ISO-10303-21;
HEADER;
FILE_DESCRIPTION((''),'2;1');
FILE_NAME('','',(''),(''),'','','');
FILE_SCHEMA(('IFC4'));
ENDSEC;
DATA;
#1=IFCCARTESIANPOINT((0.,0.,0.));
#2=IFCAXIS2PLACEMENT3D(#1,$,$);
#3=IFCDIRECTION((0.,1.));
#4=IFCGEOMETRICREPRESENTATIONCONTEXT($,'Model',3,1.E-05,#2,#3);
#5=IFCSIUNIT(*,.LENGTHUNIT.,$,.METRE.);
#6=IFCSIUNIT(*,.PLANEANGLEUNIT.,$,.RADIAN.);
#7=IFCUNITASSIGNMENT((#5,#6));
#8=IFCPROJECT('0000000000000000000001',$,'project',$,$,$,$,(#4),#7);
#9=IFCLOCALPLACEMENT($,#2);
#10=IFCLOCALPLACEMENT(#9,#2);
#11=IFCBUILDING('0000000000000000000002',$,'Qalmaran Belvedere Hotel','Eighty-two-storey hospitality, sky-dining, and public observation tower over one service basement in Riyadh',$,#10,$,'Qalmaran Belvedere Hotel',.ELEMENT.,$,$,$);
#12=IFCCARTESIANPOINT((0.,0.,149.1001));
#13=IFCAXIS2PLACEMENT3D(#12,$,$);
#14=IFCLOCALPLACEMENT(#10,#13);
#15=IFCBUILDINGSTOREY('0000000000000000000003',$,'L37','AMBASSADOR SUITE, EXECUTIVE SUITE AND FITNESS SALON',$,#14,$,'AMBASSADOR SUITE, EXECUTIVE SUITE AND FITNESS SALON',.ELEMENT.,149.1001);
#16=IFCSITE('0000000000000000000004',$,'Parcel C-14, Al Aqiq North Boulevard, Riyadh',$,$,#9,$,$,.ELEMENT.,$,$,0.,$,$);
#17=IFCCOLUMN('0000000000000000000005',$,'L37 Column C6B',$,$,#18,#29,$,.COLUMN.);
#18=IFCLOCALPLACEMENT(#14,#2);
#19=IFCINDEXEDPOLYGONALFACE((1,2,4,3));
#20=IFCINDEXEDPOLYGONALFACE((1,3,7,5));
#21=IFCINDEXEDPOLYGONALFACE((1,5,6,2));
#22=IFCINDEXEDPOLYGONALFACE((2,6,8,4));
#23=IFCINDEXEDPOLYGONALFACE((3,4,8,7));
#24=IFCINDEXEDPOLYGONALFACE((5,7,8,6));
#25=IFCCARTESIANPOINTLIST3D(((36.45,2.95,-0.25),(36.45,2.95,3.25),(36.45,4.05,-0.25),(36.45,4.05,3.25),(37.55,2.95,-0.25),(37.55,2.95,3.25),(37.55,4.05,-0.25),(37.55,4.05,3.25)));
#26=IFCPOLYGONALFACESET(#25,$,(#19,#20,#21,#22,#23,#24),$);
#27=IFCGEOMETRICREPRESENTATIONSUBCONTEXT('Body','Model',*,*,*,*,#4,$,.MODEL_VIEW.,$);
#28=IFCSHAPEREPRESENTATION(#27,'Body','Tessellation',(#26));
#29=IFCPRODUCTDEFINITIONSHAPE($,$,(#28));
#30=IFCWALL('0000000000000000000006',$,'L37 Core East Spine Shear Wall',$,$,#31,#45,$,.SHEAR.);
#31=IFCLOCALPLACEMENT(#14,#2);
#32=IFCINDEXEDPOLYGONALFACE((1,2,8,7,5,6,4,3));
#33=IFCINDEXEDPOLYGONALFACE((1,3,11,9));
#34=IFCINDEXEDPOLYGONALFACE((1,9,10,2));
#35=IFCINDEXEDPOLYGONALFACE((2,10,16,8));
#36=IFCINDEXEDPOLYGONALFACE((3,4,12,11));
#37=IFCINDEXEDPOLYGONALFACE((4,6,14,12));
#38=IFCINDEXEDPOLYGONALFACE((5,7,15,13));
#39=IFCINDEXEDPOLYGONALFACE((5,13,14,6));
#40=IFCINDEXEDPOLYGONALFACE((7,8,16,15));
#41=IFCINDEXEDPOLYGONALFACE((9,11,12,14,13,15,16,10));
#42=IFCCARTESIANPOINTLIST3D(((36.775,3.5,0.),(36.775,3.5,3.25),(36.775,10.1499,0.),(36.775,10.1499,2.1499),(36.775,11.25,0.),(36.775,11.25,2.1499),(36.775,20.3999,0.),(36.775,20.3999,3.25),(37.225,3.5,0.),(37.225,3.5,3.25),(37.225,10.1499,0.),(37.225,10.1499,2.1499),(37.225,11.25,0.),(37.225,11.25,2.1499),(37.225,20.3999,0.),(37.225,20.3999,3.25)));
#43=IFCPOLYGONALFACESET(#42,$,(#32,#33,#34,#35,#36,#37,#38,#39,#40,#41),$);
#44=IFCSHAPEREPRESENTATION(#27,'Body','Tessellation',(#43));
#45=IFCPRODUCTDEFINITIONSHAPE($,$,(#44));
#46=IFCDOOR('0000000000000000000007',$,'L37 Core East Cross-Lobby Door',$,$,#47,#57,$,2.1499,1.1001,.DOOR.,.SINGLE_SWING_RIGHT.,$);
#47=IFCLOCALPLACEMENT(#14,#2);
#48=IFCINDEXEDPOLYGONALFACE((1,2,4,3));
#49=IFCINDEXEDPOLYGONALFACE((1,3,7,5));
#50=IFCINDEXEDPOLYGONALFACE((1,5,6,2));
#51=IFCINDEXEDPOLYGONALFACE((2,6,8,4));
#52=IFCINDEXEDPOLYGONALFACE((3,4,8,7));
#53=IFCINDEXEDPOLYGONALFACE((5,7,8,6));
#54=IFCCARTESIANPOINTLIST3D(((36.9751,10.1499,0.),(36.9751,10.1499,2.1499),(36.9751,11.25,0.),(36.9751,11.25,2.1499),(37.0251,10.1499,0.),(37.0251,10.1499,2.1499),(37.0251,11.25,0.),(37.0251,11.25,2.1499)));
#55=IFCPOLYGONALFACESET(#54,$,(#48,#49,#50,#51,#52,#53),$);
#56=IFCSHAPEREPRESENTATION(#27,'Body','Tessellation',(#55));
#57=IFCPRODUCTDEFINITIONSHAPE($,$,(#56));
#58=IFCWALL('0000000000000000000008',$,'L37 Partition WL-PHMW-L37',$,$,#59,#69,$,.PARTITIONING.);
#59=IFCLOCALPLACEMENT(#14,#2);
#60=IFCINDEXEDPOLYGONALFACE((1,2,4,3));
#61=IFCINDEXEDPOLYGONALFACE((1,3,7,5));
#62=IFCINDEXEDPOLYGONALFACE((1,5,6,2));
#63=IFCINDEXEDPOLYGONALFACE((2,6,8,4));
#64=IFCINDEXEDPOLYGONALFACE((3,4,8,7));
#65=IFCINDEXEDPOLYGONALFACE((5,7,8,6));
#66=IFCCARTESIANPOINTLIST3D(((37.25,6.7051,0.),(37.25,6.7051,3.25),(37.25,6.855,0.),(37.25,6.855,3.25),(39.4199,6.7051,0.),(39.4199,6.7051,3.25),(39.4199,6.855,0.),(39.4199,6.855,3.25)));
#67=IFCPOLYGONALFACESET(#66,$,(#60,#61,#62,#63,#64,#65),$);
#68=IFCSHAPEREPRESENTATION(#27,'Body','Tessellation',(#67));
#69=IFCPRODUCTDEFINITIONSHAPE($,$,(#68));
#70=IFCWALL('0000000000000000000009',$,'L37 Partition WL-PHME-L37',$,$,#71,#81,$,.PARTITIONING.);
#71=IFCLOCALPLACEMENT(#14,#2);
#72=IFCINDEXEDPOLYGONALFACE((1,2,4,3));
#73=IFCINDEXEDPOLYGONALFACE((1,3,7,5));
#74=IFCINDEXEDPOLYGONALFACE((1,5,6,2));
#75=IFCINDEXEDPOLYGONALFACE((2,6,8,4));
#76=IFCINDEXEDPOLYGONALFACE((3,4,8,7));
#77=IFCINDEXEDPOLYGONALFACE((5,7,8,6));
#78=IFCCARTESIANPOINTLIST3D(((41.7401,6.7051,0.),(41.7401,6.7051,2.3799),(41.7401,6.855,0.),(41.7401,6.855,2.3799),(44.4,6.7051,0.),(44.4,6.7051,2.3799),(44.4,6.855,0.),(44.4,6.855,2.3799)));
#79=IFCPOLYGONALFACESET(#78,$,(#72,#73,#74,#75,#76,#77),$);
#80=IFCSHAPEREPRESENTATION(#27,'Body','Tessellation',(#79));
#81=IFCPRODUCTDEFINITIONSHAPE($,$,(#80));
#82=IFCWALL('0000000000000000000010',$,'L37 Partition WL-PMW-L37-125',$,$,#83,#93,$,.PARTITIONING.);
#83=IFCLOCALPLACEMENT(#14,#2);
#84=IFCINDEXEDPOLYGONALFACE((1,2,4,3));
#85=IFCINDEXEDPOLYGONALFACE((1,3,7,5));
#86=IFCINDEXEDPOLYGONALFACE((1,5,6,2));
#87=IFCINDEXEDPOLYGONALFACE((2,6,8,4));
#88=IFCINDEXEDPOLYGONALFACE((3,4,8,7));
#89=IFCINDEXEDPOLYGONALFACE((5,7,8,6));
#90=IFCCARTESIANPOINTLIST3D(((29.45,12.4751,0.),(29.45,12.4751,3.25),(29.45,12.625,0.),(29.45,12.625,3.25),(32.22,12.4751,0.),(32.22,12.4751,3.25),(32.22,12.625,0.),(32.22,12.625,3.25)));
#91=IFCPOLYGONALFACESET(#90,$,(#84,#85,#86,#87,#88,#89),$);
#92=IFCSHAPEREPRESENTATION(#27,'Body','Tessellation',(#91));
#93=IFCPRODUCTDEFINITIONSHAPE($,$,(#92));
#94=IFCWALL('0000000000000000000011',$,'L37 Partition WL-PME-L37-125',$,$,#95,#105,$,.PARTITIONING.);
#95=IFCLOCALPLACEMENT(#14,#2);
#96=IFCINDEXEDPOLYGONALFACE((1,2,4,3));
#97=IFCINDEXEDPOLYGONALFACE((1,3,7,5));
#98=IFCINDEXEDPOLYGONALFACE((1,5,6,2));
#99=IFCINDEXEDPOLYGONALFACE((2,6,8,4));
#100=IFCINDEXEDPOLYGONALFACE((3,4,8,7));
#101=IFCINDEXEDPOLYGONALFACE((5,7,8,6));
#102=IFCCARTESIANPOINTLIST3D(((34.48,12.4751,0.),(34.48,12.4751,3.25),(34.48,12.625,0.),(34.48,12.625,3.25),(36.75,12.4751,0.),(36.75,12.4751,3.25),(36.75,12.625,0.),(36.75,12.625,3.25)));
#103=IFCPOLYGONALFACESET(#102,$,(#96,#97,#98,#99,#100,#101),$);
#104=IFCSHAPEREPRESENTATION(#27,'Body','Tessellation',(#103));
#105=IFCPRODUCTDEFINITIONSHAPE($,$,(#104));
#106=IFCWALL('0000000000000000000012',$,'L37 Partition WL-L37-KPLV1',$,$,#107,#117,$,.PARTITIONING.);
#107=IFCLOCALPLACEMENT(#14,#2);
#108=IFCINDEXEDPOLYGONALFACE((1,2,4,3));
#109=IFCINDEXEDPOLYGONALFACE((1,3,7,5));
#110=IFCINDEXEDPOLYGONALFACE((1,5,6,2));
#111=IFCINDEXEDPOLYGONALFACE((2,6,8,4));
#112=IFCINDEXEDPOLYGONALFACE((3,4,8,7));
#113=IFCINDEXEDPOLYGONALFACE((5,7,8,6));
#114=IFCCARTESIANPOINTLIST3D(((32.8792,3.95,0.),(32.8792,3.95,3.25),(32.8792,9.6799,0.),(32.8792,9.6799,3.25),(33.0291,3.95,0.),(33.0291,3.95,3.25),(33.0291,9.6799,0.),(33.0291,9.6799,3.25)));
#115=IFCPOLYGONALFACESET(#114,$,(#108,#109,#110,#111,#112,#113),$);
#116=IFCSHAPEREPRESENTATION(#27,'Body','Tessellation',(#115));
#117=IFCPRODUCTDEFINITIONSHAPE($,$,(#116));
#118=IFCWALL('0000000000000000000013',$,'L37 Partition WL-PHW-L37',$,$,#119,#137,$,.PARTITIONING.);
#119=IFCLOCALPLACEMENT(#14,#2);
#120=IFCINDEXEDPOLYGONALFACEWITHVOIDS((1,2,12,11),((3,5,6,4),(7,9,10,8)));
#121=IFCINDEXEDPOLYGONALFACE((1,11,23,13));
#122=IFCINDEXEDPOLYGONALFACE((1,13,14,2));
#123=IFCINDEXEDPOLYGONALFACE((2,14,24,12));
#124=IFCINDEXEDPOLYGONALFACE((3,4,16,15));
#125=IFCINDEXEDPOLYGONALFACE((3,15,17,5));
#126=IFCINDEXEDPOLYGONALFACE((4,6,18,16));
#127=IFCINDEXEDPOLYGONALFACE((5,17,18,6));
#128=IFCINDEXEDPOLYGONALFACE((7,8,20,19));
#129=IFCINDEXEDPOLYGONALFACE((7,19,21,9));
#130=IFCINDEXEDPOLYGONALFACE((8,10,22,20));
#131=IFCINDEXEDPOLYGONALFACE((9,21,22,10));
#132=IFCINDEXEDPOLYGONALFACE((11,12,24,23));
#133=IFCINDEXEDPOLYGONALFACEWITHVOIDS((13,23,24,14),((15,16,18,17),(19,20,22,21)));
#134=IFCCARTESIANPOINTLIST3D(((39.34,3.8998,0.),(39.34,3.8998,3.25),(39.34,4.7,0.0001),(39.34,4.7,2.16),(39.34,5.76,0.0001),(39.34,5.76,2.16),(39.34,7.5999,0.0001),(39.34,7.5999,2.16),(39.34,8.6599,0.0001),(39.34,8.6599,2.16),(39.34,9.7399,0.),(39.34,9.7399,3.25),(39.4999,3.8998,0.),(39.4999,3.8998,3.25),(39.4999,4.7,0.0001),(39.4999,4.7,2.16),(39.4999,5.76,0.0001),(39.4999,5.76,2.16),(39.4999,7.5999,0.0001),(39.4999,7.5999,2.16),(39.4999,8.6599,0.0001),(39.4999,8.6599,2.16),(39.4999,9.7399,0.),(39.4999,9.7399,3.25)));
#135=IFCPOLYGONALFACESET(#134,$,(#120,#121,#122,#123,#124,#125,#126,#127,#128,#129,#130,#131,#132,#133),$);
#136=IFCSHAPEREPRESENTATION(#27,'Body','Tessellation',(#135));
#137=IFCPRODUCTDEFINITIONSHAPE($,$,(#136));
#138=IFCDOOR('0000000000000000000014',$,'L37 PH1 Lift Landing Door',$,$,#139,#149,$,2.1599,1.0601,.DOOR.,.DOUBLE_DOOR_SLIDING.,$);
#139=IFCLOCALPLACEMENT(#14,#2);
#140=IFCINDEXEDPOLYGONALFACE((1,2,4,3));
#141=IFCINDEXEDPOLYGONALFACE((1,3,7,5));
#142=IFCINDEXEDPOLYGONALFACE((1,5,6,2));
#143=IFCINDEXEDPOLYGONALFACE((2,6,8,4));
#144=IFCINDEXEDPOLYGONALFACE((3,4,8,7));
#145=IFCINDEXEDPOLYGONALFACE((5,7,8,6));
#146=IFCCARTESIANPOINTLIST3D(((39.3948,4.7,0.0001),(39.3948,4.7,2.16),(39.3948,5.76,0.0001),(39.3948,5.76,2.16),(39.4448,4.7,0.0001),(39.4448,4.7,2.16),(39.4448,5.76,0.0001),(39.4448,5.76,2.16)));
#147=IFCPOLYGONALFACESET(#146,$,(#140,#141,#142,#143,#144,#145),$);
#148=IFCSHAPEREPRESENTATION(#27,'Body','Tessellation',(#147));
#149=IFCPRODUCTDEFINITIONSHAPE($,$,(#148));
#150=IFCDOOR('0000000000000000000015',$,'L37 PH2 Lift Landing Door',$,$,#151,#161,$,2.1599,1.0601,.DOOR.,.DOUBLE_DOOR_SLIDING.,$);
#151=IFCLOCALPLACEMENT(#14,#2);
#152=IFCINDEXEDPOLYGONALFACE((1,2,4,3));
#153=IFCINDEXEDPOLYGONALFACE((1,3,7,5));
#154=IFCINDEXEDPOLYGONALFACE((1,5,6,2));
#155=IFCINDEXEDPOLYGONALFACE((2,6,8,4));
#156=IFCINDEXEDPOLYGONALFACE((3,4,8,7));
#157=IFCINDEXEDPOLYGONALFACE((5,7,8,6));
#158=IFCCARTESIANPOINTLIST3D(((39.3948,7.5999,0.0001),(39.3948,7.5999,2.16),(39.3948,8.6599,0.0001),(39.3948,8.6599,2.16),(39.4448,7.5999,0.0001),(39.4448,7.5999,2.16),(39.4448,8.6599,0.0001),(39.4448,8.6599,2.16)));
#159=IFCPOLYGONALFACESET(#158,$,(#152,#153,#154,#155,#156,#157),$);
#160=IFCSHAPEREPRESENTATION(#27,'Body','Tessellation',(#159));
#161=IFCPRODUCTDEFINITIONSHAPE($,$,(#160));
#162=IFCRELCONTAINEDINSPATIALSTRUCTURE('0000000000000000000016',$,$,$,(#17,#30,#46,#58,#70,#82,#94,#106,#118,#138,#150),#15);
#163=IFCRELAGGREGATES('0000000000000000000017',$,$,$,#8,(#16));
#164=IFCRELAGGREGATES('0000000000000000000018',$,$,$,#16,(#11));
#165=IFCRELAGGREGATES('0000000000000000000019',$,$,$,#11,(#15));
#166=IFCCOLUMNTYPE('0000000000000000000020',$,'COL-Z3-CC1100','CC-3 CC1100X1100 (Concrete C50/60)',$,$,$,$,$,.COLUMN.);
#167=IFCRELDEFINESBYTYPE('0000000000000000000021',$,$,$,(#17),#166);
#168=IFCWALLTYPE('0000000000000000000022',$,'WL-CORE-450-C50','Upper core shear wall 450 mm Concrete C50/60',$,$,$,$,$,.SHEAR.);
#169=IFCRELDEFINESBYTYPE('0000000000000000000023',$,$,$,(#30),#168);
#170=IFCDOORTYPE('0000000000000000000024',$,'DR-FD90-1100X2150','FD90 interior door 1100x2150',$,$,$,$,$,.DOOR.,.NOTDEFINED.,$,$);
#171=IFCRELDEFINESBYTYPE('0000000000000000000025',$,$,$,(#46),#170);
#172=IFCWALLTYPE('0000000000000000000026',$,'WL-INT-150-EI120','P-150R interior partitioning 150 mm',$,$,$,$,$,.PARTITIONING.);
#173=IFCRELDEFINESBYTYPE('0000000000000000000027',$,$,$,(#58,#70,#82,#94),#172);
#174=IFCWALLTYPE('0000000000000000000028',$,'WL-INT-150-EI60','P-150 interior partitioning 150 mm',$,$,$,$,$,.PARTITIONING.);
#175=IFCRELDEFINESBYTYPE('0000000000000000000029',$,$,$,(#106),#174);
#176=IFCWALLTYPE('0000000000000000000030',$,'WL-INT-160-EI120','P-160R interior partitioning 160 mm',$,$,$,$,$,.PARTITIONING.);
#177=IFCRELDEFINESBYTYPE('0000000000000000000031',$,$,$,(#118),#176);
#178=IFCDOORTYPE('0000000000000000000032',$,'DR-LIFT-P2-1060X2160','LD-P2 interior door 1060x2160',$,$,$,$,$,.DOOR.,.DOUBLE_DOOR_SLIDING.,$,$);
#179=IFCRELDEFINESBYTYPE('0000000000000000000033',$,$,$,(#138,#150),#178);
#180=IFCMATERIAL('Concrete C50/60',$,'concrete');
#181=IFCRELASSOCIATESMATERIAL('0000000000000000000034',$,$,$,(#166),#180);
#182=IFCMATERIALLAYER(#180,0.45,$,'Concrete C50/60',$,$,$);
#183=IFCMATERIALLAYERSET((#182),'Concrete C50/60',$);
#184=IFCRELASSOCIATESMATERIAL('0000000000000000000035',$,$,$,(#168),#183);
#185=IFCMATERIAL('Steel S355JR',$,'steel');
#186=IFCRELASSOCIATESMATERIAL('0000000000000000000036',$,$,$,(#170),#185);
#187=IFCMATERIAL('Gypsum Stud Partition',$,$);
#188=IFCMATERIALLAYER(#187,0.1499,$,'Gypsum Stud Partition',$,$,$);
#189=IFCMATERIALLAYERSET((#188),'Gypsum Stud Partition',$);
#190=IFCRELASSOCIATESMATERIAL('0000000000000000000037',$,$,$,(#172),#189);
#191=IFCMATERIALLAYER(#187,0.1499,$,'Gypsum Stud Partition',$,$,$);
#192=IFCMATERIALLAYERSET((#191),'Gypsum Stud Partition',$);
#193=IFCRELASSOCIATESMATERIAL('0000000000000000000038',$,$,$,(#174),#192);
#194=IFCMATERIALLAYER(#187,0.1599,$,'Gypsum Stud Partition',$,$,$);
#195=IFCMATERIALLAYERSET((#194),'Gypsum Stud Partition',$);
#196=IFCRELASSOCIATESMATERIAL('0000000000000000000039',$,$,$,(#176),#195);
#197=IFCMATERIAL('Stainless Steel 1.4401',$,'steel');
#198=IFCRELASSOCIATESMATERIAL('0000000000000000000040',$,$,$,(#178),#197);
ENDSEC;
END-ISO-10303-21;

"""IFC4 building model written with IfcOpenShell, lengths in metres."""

from ifc_helpers import new_model, si_unit, direction, frame, frame_2d, origin, origin_2d, place, context, subcontext, project, spatial, rectangle, extrude, material, layer, layer_set, material_profile, profile_set, type_object, element, fill, save


model = new_model("IFC4")

# Units and contexts
model_context = context("Model", 3, precision=1e-05, world=origin(), true_north=direction((0.0, 1.0)))
body_context = subcontext(model_context, "Body", "Model", "MODEL_VIEW")
ifc_project = project(units=[si_unit("LENGTHUNIT", "METRE"), si_unit("PLANEANGLEUNIT", "RADIAN")], contexts=[model_context])

# Site, building, storey
site_placement = place(None, origin())
site = spatial("IfcSite", under=ifc_project, at=site_placement, Name="Parcel C-14, Al Aqiq North Boulevard, Riyadh", CompositionType="ELEMENT", RefElevation=0.0)
building_placement = place(site_placement, origin())
building = spatial("IfcBuilding", under=site, at=building_placement, Name="Qalmaran Belvedere Hotel", Description="Eighty-two-storey hospitality, sky-dining, and public observation tower over one service basement in Riyadh", LongName="Qalmaran Belvedere Hotel", CompositionType="ELEMENT")
storey_placement = place(building_placement, frame((0.0, 0.0, 149.1001)))
storey = spatial("IfcBuildingStorey", under=building, at=storey_placement, Name="L37", Description="AMBASSADOR SUITE, EXECUTIVE SUITE AND FITNESS SALON", LongName="AMBASSADOR SUITE, EXECUTIVE SUITE AND FITNESS SALON", CompositionType="ELEMENT", Elevation=149.1001)

# Column
ifc_material_1 = material(Name="Concrete C50/60", Category="concrete")
ifc_material_profile = material_profile(ifc_material_1, rectangle(XDim=1.1001, YDim=1.1001, at=origin_2d()), Name="CC1100X1100")
ifc_profile_set = profile_set([ifc_material_profile], Name="Concrete C50/60")
column_type = type_object("IfcColumnType", Name="COL-Z3-CC1100", Description="CC-3 CC1100X1100 (Concrete C50/60)", PredefinedType="COLUMN", material=ifc_profile_set)
column_placement = place(storey_placement, frame((37.0, 3.5, -0.25), z_axis=(0.0, 0.0, 1.0), x_axis=(1.0, 0.0, 0.0)))
element("IfcColumn", 1, at=column_placement, inside=storey, type_object=column_type, Name="L37 Column C6B", PredefinedType="COLUMN", context=body_context, shape_type="SweptSolid", body=[
    extrude(rectangle(XDim=1.1001, YDim=1.1001, at=origin_2d()), origin(), (0.0, 0.0, 1.0), 3.5),
])

# Wall, opening, door
ifc_layer_1 = layer(ifc_material_1, 0.45, Name="Concrete C50/60")
ifc_layer_set_1 = layer_set([ifc_layer_1], Name="Concrete C50/60")
wall_type_1 = type_object("IfcWallType", Name="WL-CORE-450-C50", Description="Upper core shear wall 450 mm Concrete C50/60", PredefinedType="SHEAR", material=ifc_layer_set_1)
wall_1_placement = place(storey_placement, frame((37.0, 3.5, 0.0), z_axis=(0.0, 0.0, 1.0), x_axis=(0.0, 1.0, 0.0)))
wall_1 = element("IfcWall", 2, at=wall_1_placement, inside=storey, type_object=wall_type_1, Name="L37 Core East Spine Shear Wall", PredefinedType="SHEAR", context=body_context, shape_type="SweptSolid", body=[
    extrude(rectangle(XDim=16.8999, YDim=0.45, at=frame_2d((8.45, 0.0))), origin(), (0.0, 0.0, 1.0), 3.25),
])
opening_1_placement = place(wall_1_placement, frame((6.6499, 0.0, 0.0)))
opening_1 = element("IfcOpeningElement", 3, at=opening_1_placement, cuts=wall_1, PredefinedType="OPENING", context=body_context, shape_type="SweptSolid", body=[
    extrude(rectangle(XDim=1.1001, YDim=2.1499, at=frame_2d((0.55, 1.075))), frame((0.0, 0.2349, 0.0), z_axis=(0.0, -1.0, 0.0), x_axis=(1.0, 0.0, 0.0)), (0.0, 0.0, 1.0), 0.47),
])
ifc_material_2 = material(Name="Steel S355JR", Category="steel")
door_type_1 = type_object("IfcDoorType", Name="DR-FD90-1100X2150", Description="FD90 interior door 1100x2150", OperationType="NOTDEFINED", PredefinedType="DOOR", material=ifc_material_2)
door_1_placement = place(opening_1_placement, origin())
door_1 = element("IfcDoor", 4, at=door_1_placement, inside=storey, type_object=door_type_1, Name="L37 Core East Cross-Lobby Door", OperationType="SINGLE_SWING_RIGHT", OverallHeight=2.1499, OverallWidth=1.1001, PredefinedType="DOOR", context=body_context, shape_type="SweptSolid", body=[
    extrude(rectangle(XDim=1.1001, YDim=2.1499, at=frame_2d((0.55, 1.075))), frame((0.0, 0.0249, 0.0), z_axis=(0.0, -1.0, 0.0), x_axis=(1.0, 0.0, 0.0)), (0.0, 0.0, 1.0), 0.05),
])
fill(opening_1, door_1)

# Walls
ifc_material_3 = material(Name="Gypsum Stud Partition")
ifc_layer_2 = layer(ifc_material_3, 0.1499, Name="Gypsum Stud Partition")
ifc_layer_set_2 = layer_set([ifc_layer_2], Name="Gypsum Stud Partition")
wall_type_2 = type_object("IfcWallType", Name="WL-INT-150-EI120", Description="P-150R interior partitioning 150 mm", PredefinedType="PARTITIONING", material=ifc_layer_set_2)
wall_2_placement = place(storey_placement, frame((37.25, 6.78, 0.0), z_axis=(0.0, 0.0, 1.0), x_axis=(1.0, 0.0, 0.0)))
element("IfcWall", 5, at=wall_2_placement, inside=storey, type_object=wall_type_2, Name="L37 Partition WL-PHMW-L37", PredefinedType="PARTITIONING", context=body_context, shape_type="SweptSolid", body=[
    extrude(rectangle(XDim=2.1699, YDim=0.1499, at=frame_2d((1.085, 0.0))), origin(), (0.0, 0.0, 1.0), 3.25),
])
wall_3_placement = place(storey_placement, frame((41.74, 6.78, 0.0), z_axis=(0.0, 0.0, 1.0), x_axis=(1.0, 0.0, 0.0)))
element("IfcWall", 6, at=wall_3_placement, inside=storey, type_object=wall_type_2, Name="L37 Partition WL-PHME-L37", PredefinedType="PARTITIONING", context=body_context, shape_type="SweptSolid", body=[
    extrude(rectangle(XDim=2.6599, YDim=0.1499, at=frame_2d((1.3301, 0.0))), origin(), (0.0, 0.0, 1.0), 2.3799),
])
wall_4_placement = place(storey_placement, frame((29.45, 12.55, 0.0), z_axis=(0.0, 0.0, 1.0), x_axis=(1.0, 0.0, 0.0)))
element("IfcWall", 7, at=wall_4_placement, inside=storey, type_object=wall_type_2, Name="L37 Partition WL-PMW-L37-125", PredefinedType="PARTITIONING", context=body_context, shape_type="SweptSolid", body=[
    extrude(rectangle(XDim=2.77, YDim=0.1499, at=frame_2d((1.385, 0.0))), origin(), (0.0, 0.0, 1.0), 3.25),
])
wall_5_placement = place(storey_placement, frame((34.48, 12.55, 0.0), z_axis=(0.0, 0.0, 1.0), x_axis=(1.0, 0.0, 0.0)))
element("IfcWall", 8, at=wall_5_placement, inside=storey, type_object=wall_type_2, Name="L37 Partition WL-PME-L37-125", PredefinedType="PARTITIONING", context=body_context, shape_type="SweptSolid", body=[
    extrude(rectangle(XDim=2.27, YDim=0.1499, at=frame_2d((1.135, 0.0))), origin(), (0.0, 0.0, 1.0), 3.25),
])
ifc_layer_3 = layer(ifc_material_3, 0.1499, Name="Gypsum Stud Partition")
ifc_layer_set_3 = layer_set([ifc_layer_3], Name="Gypsum Stud Partition")
wall_type_3 = type_object("IfcWallType", Name="WL-INT-150-EI60", Description="P-150 interior partitioning 150 mm", PredefinedType="PARTITIONING", material=ifc_layer_set_3)
wall_6_placement = place(storey_placement, frame((32.9541, 3.95, 0.0), z_axis=(0.0, 0.0, 1.0), x_axis=(0.0, 1.0, 0.0)))
element("IfcWall", 9, at=wall_6_placement, inside=storey, type_object=wall_type_3, Name="L37 Partition WL-L37-KPLV1", PredefinedType="PARTITIONING", context=body_context, shape_type="SweptSolid", body=[
    extrude(rectangle(XDim=5.73, YDim=0.1499, at=frame_2d((2.865, 0.0))), origin(), (0.0, 0.0, 1.0), 3.25),
])

# Wall, openings, doors
ifc_layer_4 = layer(ifc_material_3, 0.1599, Name="Gypsum Stud Partition")
ifc_layer_set_4 = layer_set([ifc_layer_4], Name="Gypsum Stud Partition")
wall_type_4 = type_object("IfcWallType", Name="WL-INT-160-EI120", Description="P-160R interior partitioning 160 mm", PredefinedType="PARTITIONING", material=ifc_layer_set_4)
wall_7_placement = place(storey_placement, frame((39.4199, 3.8999, 0.0), z_axis=(0.0, 0.0, 1.0), x_axis=(0.0, 1.0, 0.0)))
wall_7 = element("IfcWall", 10, at=wall_7_placement, inside=storey, type_object=wall_type_4, Name="L37 Partition WL-PHW-L37", PredefinedType="PARTITIONING", context=body_context, shape_type="SweptSolid", body=[
    extrude(rectangle(XDim=5.8401, YDim=0.1599, at=frame_2d((2.9199, 0.0))), origin(), (0.0, 0.0, 1.0), 3.25),
])
opening_2_placement = place(wall_7_placement, frame((1.8601, 0.0, 0.0), z_axis=(0.0, 0.0, 1.0), x_axis=(-1.0, 0.0, 0.0)))
opening_2 = element("IfcOpeningElement", 11, at=opening_2_placement, cuts=wall_7, PredefinedType="OPENING", context=body_context, shape_type="SweptSolid", body=[
    extrude(rectangle(XDim=1.0601, YDim=2.1599, at=frame_2d((0.53, 1.0801))), frame((0.0, 0.0898, 0.0), z_axis=(0.0, -1.0, 0.0), x_axis=(1.0, 0.0, 0.0)), (0.0, 0.0, 1.0), 0.1799),
])
opening_3_placement = place(wall_7_placement, frame((4.76, 0.0, 0.0), z_axis=(0.0, 0.0, 1.0), x_axis=(-1.0, 0.0, 0.0)))
opening_3 = element("IfcOpeningElement", 12, at=opening_3_placement, cuts=wall_7, PredefinedType="OPENING", context=body_context, shape_type="SweptSolid", body=[
    extrude(rectangle(XDim=1.0601, YDim=2.1599, at=frame_2d((0.53, 1.0801))), frame((0.0, 0.0898, 0.0), z_axis=(0.0, -1.0, 0.0), x_axis=(1.0, 0.0, 0.0)), (0.0, 0.0, 1.0), 0.1799),
])
ifc_material_4 = material(Name="Stainless Steel 1.4401", Category="steel")
door_type_2 = type_object("IfcDoorType", Name="DR-LIFT-P2-1060X2160", Description="LD-P2 interior door 1060x2160", OperationType="DOUBLE_DOOR_SLIDING", PredefinedType="DOOR", material=ifc_material_4)
door_2_placement = place(opening_2_placement, origin())
door_2 = element("IfcDoor", 13, at=door_2_placement, inside=storey, type_object=door_type_2, Name="L37 PH1 Lift Landing Door", OperationType="DOUBLE_DOOR_SLIDING", OverallHeight=2.1599, OverallWidth=1.0601, PredefinedType="DOOR", context=body_context, shape_type="SweptSolid", body=[
    extrude(rectangle(XDim=1.0601, YDim=2.1599, at=frame_2d((0.53, 1.0801))), frame((0.0, 0.0249, 0.0), z_axis=(0.0, -1.0, 0.0), x_axis=(1.0, 0.0, 0.0)), (0.0, 0.0, 1.0), 0.05),
])
fill(opening_2, door_2)
door_3_placement = place(opening_3_placement, origin())
door_3 = element("IfcDoor", 14, at=door_3_placement, inside=storey, type_object=door_type_2, Name="L37 PH2 Lift Landing Door", OperationType="DOUBLE_DOOR_SLIDING", OverallHeight=2.1599, OverallWidth=1.0601, PredefinedType="DOOR", context=body_context, shape_type="SweptSolid", body=[
    extrude(rectangle(XDim=1.0601, YDim=2.1599, at=frame_2d((0.53, 1.0801))), frame((0.0, 0.0249, 0.0), z_axis=(0.0, -1.0, 0.0), x_axis=(1.0, 0.0, 0.0)), (0.0, 0.0, 1.0), 0.05),
])
fill(opening_3, door_3)

save(model, "model.ifc")
